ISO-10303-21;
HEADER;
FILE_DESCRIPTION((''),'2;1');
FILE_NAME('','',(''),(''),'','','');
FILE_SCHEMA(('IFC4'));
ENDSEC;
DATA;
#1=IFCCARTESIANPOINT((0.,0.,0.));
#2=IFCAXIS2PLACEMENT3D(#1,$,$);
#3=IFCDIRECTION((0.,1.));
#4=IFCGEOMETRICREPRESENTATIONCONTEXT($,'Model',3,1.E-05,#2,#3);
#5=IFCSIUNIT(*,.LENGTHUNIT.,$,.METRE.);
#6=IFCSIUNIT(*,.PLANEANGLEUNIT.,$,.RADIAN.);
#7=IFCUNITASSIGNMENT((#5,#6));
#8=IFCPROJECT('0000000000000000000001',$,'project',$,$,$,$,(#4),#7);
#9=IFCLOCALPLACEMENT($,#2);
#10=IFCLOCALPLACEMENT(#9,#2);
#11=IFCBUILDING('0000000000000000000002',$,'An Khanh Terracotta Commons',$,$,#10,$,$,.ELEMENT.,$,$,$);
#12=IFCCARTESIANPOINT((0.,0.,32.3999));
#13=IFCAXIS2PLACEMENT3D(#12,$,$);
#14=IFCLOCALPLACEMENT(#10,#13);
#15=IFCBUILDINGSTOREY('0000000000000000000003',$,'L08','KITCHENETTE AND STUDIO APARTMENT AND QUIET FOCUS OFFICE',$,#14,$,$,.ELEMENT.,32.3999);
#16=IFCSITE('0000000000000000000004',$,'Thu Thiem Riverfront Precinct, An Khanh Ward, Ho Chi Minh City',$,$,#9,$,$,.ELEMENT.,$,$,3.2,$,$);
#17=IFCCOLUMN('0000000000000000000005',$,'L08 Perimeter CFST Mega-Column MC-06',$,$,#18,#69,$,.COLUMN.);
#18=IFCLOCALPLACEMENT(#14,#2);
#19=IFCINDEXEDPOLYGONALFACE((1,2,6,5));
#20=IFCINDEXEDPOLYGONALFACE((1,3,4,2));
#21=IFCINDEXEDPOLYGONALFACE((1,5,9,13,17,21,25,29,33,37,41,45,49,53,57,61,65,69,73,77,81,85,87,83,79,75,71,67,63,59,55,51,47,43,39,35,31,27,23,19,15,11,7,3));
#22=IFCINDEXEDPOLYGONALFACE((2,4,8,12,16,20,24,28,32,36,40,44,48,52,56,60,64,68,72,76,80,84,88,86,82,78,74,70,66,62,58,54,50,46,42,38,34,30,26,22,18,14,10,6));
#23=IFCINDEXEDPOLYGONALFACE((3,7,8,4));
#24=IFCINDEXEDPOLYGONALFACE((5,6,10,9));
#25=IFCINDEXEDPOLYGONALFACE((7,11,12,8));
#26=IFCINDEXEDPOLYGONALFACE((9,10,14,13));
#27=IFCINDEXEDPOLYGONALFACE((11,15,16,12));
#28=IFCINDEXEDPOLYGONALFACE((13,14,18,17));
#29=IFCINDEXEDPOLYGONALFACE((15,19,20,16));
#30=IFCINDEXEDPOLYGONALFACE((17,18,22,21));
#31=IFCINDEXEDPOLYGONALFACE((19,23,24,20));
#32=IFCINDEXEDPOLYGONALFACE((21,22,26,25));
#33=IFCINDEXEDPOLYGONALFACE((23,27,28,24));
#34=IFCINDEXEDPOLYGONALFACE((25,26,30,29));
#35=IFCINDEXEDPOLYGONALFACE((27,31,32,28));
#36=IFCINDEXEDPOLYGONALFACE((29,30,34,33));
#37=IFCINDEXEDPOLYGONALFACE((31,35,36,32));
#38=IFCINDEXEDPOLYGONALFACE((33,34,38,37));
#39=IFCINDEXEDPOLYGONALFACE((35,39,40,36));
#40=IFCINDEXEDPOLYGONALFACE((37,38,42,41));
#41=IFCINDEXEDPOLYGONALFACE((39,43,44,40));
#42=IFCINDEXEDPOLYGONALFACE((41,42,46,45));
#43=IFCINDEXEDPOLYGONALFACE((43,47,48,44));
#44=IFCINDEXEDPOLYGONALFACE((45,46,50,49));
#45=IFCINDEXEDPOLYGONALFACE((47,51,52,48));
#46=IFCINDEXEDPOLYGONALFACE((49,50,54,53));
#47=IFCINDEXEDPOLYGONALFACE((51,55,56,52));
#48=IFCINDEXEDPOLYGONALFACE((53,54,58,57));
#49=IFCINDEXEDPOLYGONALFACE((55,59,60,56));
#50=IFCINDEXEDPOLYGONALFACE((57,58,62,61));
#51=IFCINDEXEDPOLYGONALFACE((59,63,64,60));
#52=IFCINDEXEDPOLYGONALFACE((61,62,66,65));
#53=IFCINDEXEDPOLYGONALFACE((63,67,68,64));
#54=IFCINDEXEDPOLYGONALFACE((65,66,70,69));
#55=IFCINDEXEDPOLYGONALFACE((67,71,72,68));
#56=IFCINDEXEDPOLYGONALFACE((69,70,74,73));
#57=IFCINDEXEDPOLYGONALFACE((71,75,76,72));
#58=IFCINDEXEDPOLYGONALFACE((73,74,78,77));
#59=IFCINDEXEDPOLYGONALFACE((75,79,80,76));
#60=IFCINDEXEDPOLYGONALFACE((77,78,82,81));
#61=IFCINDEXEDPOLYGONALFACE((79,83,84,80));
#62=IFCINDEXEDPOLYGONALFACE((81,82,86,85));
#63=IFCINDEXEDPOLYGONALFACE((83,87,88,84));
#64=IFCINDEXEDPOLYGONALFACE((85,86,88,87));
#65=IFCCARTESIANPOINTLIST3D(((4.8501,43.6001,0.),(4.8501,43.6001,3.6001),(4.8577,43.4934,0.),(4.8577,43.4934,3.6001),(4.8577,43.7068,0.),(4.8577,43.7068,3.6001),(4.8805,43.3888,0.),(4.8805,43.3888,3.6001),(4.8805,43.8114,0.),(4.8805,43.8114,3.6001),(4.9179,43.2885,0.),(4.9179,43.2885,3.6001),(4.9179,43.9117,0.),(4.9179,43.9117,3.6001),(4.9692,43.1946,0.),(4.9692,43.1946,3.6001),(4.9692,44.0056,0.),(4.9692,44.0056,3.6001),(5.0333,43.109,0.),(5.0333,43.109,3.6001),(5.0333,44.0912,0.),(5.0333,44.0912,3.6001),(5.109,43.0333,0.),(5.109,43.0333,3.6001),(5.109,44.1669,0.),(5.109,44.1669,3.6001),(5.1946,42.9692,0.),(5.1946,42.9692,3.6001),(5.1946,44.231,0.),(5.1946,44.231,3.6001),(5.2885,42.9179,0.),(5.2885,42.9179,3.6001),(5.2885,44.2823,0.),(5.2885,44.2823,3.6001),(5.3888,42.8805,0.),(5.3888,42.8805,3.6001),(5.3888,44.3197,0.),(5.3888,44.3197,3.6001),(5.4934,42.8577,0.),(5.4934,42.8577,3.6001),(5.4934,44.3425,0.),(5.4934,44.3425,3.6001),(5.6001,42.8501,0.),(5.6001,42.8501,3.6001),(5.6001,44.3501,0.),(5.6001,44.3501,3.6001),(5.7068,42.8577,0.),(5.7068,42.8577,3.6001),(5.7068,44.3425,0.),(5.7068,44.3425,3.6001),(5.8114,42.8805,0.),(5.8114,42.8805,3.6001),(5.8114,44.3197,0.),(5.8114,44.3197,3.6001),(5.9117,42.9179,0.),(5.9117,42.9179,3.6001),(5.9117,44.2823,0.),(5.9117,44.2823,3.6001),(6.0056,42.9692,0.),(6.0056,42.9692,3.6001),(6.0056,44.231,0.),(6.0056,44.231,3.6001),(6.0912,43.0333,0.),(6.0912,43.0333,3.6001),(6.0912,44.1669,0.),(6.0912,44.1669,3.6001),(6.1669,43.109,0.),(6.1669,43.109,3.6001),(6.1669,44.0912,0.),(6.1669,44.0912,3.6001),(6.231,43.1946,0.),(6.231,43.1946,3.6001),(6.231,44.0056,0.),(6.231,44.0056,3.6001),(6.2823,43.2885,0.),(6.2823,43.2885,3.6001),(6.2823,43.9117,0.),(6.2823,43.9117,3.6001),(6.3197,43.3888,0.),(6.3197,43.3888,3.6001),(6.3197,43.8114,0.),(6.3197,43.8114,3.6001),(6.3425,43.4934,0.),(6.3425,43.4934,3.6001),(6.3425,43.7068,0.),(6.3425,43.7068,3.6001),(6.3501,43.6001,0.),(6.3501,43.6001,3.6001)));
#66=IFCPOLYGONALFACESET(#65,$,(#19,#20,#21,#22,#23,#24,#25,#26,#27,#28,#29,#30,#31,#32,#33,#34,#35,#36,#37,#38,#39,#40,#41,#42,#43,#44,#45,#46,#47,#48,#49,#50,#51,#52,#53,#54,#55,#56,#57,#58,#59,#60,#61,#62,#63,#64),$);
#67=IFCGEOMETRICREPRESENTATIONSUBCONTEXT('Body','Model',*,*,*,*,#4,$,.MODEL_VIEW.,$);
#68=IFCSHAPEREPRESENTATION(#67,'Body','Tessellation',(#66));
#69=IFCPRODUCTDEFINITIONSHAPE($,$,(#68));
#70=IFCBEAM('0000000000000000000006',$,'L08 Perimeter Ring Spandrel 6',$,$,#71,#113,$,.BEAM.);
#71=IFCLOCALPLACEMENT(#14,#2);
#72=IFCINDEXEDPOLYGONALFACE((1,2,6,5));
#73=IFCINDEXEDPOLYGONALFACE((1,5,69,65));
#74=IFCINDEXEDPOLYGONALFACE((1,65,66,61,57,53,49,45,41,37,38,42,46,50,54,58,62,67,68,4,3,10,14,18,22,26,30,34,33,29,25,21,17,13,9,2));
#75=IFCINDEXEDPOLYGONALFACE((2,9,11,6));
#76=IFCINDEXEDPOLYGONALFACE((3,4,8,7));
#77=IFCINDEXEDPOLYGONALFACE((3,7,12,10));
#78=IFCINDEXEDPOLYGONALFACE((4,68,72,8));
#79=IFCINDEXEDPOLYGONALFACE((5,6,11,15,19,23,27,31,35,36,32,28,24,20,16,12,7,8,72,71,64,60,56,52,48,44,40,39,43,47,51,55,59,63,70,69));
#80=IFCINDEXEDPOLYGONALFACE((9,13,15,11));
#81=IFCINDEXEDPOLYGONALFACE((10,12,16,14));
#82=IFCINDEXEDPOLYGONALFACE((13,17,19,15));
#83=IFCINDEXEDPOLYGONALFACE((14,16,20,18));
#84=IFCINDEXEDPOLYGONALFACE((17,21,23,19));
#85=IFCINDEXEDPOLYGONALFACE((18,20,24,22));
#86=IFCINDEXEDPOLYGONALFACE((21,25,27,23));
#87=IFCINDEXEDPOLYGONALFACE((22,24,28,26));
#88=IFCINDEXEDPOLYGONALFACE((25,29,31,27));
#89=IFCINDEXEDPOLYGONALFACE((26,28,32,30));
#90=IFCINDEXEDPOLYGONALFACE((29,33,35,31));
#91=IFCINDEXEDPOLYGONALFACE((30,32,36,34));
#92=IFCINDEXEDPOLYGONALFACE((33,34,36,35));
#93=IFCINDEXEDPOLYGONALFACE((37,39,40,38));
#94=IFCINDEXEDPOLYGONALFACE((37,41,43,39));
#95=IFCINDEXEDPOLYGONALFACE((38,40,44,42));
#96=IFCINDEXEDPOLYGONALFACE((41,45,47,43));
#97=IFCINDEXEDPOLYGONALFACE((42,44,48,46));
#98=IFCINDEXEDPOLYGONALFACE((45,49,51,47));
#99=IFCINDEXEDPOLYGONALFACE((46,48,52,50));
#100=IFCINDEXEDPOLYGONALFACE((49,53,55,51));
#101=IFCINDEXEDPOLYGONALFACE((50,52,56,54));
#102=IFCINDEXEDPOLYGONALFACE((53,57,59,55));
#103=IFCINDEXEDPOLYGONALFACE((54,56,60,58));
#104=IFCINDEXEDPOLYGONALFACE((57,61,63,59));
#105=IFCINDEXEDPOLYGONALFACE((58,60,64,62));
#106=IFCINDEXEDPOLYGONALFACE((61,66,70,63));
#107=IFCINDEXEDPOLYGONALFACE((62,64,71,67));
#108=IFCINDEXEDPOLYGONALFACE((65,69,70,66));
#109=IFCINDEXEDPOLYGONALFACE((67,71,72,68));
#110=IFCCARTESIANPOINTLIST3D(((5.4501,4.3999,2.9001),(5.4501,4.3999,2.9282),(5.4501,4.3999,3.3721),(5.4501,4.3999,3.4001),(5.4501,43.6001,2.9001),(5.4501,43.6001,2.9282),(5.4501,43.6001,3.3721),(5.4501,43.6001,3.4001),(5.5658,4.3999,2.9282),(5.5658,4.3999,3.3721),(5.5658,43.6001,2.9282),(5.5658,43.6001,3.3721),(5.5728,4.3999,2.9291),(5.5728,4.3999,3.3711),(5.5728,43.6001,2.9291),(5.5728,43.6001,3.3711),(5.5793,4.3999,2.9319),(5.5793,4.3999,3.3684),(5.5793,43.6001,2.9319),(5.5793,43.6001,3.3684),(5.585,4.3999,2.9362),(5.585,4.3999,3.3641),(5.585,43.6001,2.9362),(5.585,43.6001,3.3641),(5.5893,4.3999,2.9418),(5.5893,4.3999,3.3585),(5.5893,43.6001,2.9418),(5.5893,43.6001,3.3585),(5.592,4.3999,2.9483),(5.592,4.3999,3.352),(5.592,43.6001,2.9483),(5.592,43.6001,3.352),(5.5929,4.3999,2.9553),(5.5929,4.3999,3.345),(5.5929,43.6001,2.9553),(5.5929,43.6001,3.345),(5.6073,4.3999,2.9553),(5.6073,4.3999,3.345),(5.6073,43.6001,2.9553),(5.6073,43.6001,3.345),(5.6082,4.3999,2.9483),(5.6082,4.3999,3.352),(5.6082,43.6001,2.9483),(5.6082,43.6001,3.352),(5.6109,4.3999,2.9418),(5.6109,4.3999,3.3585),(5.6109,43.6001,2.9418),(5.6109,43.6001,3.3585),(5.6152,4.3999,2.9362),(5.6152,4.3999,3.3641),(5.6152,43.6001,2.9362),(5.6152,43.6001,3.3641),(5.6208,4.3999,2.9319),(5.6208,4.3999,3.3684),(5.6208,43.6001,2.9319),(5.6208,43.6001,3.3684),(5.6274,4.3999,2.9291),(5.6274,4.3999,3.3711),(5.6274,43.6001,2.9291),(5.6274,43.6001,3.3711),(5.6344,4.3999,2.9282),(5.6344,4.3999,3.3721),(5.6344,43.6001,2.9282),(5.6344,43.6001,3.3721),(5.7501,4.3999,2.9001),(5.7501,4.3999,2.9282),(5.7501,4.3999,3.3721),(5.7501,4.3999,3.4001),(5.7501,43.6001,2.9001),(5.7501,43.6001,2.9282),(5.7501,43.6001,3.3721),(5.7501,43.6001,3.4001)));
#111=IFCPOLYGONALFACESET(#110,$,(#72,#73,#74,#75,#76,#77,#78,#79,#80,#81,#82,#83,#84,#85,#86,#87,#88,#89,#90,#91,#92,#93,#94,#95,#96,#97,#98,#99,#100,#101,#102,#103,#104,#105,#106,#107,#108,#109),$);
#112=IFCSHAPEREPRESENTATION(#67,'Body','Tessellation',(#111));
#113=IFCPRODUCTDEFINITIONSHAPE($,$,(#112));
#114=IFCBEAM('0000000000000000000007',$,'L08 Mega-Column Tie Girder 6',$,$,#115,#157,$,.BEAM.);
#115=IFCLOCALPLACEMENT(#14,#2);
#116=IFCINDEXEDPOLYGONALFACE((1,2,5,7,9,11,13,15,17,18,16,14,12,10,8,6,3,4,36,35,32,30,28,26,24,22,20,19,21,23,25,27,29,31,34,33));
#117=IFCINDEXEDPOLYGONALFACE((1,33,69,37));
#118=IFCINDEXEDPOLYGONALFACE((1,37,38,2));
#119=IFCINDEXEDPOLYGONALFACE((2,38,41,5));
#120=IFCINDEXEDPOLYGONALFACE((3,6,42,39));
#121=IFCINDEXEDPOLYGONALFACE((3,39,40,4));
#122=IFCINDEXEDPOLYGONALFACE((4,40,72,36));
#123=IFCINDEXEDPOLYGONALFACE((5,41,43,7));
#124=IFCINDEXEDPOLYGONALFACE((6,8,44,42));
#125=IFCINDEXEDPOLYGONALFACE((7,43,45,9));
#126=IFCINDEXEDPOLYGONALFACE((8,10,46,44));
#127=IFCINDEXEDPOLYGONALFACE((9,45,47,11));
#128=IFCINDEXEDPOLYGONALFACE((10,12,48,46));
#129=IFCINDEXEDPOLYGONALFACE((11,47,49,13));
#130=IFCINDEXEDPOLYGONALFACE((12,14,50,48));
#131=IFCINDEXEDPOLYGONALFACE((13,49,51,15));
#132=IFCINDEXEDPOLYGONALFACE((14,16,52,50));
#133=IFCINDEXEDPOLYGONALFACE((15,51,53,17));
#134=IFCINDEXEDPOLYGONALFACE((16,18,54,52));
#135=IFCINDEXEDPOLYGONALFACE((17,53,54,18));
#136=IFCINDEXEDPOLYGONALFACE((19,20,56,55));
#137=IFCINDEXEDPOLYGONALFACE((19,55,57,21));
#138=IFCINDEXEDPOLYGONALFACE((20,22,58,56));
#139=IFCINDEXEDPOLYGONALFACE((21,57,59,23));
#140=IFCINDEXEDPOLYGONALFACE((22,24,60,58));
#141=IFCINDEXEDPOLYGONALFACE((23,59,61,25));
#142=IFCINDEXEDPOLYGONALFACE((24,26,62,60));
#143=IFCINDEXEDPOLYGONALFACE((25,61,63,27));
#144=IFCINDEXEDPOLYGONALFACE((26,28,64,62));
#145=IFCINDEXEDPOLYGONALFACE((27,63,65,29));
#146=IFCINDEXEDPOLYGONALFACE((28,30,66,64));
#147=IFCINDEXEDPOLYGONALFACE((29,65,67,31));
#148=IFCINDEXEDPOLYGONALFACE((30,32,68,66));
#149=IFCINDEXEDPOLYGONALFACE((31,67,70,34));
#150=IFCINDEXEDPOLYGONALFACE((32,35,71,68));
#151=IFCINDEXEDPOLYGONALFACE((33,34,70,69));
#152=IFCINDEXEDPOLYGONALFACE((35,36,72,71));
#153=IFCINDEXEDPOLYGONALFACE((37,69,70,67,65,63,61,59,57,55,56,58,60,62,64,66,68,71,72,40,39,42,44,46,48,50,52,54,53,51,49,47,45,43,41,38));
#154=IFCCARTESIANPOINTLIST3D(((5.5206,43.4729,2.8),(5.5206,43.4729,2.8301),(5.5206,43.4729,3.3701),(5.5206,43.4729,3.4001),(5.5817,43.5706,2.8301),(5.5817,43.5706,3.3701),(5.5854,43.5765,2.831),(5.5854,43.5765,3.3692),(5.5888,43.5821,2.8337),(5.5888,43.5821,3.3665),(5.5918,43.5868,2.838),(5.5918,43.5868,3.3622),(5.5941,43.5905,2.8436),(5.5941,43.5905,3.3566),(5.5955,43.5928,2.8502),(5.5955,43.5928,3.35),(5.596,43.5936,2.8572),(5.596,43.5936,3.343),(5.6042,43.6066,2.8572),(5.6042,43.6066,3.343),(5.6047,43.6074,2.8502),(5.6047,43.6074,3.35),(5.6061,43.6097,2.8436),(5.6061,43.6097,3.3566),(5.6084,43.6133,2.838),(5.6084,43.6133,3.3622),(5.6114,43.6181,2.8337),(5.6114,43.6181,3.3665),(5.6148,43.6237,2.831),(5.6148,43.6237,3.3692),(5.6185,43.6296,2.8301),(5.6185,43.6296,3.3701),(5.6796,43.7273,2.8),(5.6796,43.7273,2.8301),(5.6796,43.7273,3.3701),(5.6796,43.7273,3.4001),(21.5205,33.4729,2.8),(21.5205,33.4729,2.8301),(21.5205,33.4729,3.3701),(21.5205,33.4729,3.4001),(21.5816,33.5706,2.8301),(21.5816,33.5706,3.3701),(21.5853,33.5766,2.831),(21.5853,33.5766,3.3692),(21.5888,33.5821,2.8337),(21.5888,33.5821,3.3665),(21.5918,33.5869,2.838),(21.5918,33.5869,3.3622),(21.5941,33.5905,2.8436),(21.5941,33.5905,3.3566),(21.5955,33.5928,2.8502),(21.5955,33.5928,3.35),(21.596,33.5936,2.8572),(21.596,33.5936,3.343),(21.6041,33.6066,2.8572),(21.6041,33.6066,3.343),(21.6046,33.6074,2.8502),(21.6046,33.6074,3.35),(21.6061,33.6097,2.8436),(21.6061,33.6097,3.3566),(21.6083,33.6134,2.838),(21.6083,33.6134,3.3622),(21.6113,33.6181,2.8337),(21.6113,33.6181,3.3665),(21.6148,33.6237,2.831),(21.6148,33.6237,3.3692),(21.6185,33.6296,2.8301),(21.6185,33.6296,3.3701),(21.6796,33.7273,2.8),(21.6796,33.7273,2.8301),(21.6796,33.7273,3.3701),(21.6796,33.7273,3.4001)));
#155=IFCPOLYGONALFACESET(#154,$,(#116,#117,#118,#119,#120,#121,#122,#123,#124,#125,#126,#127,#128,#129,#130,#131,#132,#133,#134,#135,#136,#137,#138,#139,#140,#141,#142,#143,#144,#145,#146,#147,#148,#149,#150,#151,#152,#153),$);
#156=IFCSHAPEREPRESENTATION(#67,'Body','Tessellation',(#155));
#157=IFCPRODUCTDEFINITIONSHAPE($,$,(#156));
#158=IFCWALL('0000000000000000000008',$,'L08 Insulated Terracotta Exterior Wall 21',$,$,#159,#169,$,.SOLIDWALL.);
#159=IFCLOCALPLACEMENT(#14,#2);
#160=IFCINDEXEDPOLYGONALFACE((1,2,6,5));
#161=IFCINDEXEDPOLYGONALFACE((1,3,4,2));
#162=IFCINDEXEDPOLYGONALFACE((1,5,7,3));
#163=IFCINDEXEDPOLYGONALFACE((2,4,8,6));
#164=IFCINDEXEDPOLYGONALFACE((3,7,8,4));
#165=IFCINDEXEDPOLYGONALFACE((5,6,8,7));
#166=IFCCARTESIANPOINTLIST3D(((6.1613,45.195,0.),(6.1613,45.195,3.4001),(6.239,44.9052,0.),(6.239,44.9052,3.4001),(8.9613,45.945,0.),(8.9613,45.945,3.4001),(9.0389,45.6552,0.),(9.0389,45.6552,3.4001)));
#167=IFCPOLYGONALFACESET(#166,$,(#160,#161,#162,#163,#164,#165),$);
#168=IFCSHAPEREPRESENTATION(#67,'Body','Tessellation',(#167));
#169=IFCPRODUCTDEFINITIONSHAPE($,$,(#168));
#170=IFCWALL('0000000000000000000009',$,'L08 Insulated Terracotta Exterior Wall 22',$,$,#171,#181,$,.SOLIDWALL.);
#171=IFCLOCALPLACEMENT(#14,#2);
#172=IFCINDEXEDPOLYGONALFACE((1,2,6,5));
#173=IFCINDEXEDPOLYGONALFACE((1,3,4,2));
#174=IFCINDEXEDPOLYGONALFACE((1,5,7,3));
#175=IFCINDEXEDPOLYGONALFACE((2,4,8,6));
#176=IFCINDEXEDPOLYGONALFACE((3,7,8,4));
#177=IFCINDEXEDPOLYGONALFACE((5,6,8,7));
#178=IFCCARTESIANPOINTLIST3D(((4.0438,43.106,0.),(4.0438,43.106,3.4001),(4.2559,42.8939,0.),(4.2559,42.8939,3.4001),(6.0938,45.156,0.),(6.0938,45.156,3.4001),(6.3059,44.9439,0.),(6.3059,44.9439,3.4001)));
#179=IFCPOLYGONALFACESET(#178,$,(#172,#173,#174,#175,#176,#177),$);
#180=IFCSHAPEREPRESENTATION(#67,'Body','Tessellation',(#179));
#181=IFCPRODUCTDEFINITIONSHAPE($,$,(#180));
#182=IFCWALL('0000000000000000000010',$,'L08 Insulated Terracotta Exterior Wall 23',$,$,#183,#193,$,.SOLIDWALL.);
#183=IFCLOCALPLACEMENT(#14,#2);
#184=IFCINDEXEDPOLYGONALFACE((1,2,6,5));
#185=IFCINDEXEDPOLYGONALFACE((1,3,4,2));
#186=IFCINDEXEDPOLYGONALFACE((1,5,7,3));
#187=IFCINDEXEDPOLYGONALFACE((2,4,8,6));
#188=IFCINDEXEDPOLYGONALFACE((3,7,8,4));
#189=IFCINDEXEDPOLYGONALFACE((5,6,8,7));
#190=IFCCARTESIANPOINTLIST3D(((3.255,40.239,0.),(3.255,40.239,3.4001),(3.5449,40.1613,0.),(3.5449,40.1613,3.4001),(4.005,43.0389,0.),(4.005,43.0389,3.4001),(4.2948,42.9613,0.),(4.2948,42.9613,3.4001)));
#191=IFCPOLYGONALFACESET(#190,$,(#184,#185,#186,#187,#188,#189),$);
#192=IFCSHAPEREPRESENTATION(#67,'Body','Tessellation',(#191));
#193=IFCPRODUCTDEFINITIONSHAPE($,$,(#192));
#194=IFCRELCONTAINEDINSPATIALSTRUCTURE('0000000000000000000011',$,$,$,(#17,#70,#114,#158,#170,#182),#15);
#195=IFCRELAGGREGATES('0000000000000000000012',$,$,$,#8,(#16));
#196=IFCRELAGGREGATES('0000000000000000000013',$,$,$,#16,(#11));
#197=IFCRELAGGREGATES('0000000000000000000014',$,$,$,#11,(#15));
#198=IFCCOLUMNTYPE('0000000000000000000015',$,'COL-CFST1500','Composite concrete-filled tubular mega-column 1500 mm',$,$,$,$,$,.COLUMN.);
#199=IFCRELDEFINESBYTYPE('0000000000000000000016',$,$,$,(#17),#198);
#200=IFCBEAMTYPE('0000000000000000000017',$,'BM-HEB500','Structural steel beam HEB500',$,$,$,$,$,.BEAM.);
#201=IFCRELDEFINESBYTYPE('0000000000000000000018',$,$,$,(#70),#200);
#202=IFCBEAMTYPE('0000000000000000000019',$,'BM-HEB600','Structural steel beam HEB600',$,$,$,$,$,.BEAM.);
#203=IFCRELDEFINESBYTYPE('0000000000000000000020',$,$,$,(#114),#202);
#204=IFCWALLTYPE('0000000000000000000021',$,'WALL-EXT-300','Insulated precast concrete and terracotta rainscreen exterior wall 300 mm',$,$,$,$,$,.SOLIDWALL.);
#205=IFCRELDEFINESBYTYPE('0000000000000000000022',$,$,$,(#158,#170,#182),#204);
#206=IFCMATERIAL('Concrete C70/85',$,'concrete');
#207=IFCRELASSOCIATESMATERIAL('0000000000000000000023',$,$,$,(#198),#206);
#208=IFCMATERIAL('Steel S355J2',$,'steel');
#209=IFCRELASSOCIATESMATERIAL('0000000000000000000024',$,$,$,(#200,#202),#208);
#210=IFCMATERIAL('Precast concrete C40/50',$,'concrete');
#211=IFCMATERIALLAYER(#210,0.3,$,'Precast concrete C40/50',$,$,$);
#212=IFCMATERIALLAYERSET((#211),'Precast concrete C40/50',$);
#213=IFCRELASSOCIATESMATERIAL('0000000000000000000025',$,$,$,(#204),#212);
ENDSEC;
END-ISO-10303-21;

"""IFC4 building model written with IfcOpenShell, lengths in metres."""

from ifc_helpers import new_model, si_unit, direction, frame, frame_2d, origin, origin_2d, place, context, subcontext, project, spatial, rectangle, circle, i_section, extrude, material, layer, layer_set, material_profile, profile_set, type_object, element, save


model = new_model("IFC4")

# Units and contexts
model_context = context("Model", 3, precision=1e-05, world=origin(), true_north=direction((0.0, 1.0)))
body_context = subcontext(model_context, "Body", "Model", "MODEL_VIEW")
ifc_project = project(units=[si_unit("LENGTHUNIT", "METRE"), si_unit("PLANEANGLEUNIT", "RADIAN")], contexts=[model_context])

# Site, building, storey
site_placement = place(None, origin())
site = spatial("IfcSite", under=ifc_project, at=site_placement, Name="Thu Thiem Riverfront Precinct, An Khanh Ward, Ho Chi Minh City", CompositionType="ELEMENT", RefElevation=3.2)
building_placement = place(site_placement, origin())
building = spatial("IfcBuilding", under=site, at=building_placement, Name="An Khanh Terracotta Commons", CompositionType="ELEMENT")
storey_placement = place(building_placement, frame((0.0, 0.0, 32.3999)))
storey = spatial("IfcBuildingStorey", under=building, at=storey_placement, Name="L08", Description="KITCHENETTE AND STUDIO APARTMENT AND QUIET FOCUS OFFICE", CompositionType="ELEMENT", Elevation=32.3999)

# Column
ifc_material_1 = material(Name="Concrete C70/85", Category="concrete")
ifc_material_profile_1 = material_profile(ifc_material_1, circle(Radius=0.75, at=origin_2d()), Name="CFST1500")
ifc_profile_set_1 = profile_set([ifc_material_profile_1], Name="Concrete C70/85")
column_type = type_object("IfcColumnType", Name="COL-CFST1500", Description="Composite concrete-filled tubular mega-column 1500 mm", PredefinedType="COLUMN", material=ifc_profile_set_1)
column_placement = place(storey_placement, frame((5.6001, 43.6001, 0.0), z_axis=(0.0, 0.0, 1.0), x_axis=(1.0, 0.0, 0.0)))
element("IfcColumn", 1, at=column_placement, inside=storey, type_object=column_type, Name="L08 Perimeter CFST Mega-Column MC-06", PredefinedType="COLUMN", context=body_context, shape_type="SweptSolid", body=[
    extrude(circle(Radius=0.75, at=origin_2d()), origin(), (0.0, 0.0, 1.0), 3.6001),
])

# Beams
ifc_material_2 = material(Name="Steel S355J2", Category="steel")
ifc_material_profile_2 = material_profile(ifc_material_2, i_section(OverallWidth=0.3, OverallDepth=0.5, WebThickness=0.0144, FlangeThickness=0.0281, FilletRadius=0.0271, at=origin_2d()), Name="HEB500")
ifc_profile_set_2 = profile_set([ifc_material_profile_2], Name="Steel S355J2")
beam_type_1 = type_object("IfcBeamType", Name="BM-HEB500", Description="Structural steel beam HEB500", PredefinedType="BEAM", material=ifc_profile_set_2)
beam_1_placement = place(storey_placement, frame((5.6001, 43.6001, 3.1501), z_axis=(0.0, -1.0, 0.0), x_axis=(1.0, 0.0, 0.0)))
element("IfcBeam", 2, at=beam_1_placement, inside=storey, type_object=beam_type_1, Name="L08 Perimeter Ring Spandrel 6", PredefinedType="BEAM", context=body_context, shape_type="SweptSolid", body=[
    extrude(i_section(OverallWidth=0.3, OverallDepth=0.5, WebThickness=0.0144, FlangeThickness=0.0281, FilletRadius=0.0271, at=origin_2d()), origin(), (0.0, 0.0, 1.0), 39.2002),
])
ifc_material_profile_3 = material_profile(ifc_material_2, i_section(OverallWidth=0.3, OverallDepth=0.6001, WebThickness=0.0154, FlangeThickness=0.03, FilletRadius=0.0271, at=origin_2d()), Name="HEB600")
ifc_profile_set_3 = profile_set([ifc_material_profile_3], Name="Steel S355J2")
beam_type_2 = type_object("IfcBeamType", Name="BM-HEB600", Description="Structural steel beam HEB600", PredefinedType="BEAM", material=ifc_profile_set_3)
beam_2_placement = place(storey_placement, frame((5.6001, 43.6001, 3.1001), z_axis=(0.847998, -0.529999, 0.0), x_axis=(0.529999, 0.847998, 0.0)))
element("IfcBeam", 3, at=beam_2_placement, inside=storey, type_object=beam_type_2, Name="L08 Mega-Column Tie Girder 6", PredefinedType="BEAM", context=body_context, shape_type="SweptSolid", body=[
    extrude(i_section(OverallWidth=0.3, OverallDepth=0.6001, WebThickness=0.0154, FlangeThickness=0.03, FilletRadius=0.0271, at=origin_2d()), origin(), (0.0, 0.0, 1.0), 18.8679),
])

# Walls
ifc_material_3 = material(Name="Precast concrete C40/50", Category="concrete")
ifc_layer_1 = layer(ifc_material_3, 0.3, Name="Precast concrete C40/50")
ifc_layer_set_1 = layer_set([ifc_layer_1], Name="Precast concrete C40/50")
wall_type_1 = type_object("IfcWallType", Name="WALL-EXT-300", Description="Insulated precast concrete and terracotta rainscreen exterior wall 300 mm", PredefinedType="SOLIDWALL", material=ifc_layer_set_1)
wall_1_placement = place(storey_placement, frame((9.0, 45.8, 0.0), z_axis=(0.0, 0.0, 1.0), x_axis=(-0.965949, -0.258732, 0.0)))
element("IfcWall", 4, at=wall_1_placement, inside=storey, type_object=wall_type_1, Name="L08 Insulated Terracotta Exterior Wall 21", PredefinedType="SOLIDWALL", context=body_context, shape_type="SweptSolid", body=[
    extrude(rectangle(XDim=2.8987, YDim=0.3, at=frame_2d((1.4492, 0.0))), origin(), (0.0, 0.0, 1.0), 3.4001),
])
wall_2_placement = place(storey_placement, frame((6.2, 45.05, 0.0), z_axis=(0.0, 0.0, 1.0), x_axis=(-0.707107, -0.707107, 0.0)))
element("IfcWall", 5, at=wall_2_placement, inside=storey, type_object=wall_type_1, Name="L08 Insulated Terracotta Exterior Wall 22", PredefinedType="SOLIDWALL", context=body_context, shape_type="SweptSolid", body=[
    extrude(rectangle(XDim=2.8992, YDim=0.3, at=frame_2d((1.4497, 0.0))), origin(), (0.0, 0.0, 1.0), 3.4001),
])
wall_3_placement = place(storey_placement, frame((4.1499, 43.0, 0.0), z_axis=(0.0, 0.0, 1.0), x_axis=(-0.258732, -0.965949, 0.0)))
element("IfcWall", 6, at=wall_3_placement, inside=storey, type_object=wall_type_1, Name="L08 Insulated Terracotta Exterior Wall 23", PredefinedType="SOLIDWALL", context=body_context, shape_type="SweptSolid", body=[
    extrude(rectangle(XDim=2.8987, YDim=0.3, at=frame_2d((1.4492, 0.0))), origin(), (0.0, 0.0, 1.0), 3.4001),
])

save(model, "model.ifc")
